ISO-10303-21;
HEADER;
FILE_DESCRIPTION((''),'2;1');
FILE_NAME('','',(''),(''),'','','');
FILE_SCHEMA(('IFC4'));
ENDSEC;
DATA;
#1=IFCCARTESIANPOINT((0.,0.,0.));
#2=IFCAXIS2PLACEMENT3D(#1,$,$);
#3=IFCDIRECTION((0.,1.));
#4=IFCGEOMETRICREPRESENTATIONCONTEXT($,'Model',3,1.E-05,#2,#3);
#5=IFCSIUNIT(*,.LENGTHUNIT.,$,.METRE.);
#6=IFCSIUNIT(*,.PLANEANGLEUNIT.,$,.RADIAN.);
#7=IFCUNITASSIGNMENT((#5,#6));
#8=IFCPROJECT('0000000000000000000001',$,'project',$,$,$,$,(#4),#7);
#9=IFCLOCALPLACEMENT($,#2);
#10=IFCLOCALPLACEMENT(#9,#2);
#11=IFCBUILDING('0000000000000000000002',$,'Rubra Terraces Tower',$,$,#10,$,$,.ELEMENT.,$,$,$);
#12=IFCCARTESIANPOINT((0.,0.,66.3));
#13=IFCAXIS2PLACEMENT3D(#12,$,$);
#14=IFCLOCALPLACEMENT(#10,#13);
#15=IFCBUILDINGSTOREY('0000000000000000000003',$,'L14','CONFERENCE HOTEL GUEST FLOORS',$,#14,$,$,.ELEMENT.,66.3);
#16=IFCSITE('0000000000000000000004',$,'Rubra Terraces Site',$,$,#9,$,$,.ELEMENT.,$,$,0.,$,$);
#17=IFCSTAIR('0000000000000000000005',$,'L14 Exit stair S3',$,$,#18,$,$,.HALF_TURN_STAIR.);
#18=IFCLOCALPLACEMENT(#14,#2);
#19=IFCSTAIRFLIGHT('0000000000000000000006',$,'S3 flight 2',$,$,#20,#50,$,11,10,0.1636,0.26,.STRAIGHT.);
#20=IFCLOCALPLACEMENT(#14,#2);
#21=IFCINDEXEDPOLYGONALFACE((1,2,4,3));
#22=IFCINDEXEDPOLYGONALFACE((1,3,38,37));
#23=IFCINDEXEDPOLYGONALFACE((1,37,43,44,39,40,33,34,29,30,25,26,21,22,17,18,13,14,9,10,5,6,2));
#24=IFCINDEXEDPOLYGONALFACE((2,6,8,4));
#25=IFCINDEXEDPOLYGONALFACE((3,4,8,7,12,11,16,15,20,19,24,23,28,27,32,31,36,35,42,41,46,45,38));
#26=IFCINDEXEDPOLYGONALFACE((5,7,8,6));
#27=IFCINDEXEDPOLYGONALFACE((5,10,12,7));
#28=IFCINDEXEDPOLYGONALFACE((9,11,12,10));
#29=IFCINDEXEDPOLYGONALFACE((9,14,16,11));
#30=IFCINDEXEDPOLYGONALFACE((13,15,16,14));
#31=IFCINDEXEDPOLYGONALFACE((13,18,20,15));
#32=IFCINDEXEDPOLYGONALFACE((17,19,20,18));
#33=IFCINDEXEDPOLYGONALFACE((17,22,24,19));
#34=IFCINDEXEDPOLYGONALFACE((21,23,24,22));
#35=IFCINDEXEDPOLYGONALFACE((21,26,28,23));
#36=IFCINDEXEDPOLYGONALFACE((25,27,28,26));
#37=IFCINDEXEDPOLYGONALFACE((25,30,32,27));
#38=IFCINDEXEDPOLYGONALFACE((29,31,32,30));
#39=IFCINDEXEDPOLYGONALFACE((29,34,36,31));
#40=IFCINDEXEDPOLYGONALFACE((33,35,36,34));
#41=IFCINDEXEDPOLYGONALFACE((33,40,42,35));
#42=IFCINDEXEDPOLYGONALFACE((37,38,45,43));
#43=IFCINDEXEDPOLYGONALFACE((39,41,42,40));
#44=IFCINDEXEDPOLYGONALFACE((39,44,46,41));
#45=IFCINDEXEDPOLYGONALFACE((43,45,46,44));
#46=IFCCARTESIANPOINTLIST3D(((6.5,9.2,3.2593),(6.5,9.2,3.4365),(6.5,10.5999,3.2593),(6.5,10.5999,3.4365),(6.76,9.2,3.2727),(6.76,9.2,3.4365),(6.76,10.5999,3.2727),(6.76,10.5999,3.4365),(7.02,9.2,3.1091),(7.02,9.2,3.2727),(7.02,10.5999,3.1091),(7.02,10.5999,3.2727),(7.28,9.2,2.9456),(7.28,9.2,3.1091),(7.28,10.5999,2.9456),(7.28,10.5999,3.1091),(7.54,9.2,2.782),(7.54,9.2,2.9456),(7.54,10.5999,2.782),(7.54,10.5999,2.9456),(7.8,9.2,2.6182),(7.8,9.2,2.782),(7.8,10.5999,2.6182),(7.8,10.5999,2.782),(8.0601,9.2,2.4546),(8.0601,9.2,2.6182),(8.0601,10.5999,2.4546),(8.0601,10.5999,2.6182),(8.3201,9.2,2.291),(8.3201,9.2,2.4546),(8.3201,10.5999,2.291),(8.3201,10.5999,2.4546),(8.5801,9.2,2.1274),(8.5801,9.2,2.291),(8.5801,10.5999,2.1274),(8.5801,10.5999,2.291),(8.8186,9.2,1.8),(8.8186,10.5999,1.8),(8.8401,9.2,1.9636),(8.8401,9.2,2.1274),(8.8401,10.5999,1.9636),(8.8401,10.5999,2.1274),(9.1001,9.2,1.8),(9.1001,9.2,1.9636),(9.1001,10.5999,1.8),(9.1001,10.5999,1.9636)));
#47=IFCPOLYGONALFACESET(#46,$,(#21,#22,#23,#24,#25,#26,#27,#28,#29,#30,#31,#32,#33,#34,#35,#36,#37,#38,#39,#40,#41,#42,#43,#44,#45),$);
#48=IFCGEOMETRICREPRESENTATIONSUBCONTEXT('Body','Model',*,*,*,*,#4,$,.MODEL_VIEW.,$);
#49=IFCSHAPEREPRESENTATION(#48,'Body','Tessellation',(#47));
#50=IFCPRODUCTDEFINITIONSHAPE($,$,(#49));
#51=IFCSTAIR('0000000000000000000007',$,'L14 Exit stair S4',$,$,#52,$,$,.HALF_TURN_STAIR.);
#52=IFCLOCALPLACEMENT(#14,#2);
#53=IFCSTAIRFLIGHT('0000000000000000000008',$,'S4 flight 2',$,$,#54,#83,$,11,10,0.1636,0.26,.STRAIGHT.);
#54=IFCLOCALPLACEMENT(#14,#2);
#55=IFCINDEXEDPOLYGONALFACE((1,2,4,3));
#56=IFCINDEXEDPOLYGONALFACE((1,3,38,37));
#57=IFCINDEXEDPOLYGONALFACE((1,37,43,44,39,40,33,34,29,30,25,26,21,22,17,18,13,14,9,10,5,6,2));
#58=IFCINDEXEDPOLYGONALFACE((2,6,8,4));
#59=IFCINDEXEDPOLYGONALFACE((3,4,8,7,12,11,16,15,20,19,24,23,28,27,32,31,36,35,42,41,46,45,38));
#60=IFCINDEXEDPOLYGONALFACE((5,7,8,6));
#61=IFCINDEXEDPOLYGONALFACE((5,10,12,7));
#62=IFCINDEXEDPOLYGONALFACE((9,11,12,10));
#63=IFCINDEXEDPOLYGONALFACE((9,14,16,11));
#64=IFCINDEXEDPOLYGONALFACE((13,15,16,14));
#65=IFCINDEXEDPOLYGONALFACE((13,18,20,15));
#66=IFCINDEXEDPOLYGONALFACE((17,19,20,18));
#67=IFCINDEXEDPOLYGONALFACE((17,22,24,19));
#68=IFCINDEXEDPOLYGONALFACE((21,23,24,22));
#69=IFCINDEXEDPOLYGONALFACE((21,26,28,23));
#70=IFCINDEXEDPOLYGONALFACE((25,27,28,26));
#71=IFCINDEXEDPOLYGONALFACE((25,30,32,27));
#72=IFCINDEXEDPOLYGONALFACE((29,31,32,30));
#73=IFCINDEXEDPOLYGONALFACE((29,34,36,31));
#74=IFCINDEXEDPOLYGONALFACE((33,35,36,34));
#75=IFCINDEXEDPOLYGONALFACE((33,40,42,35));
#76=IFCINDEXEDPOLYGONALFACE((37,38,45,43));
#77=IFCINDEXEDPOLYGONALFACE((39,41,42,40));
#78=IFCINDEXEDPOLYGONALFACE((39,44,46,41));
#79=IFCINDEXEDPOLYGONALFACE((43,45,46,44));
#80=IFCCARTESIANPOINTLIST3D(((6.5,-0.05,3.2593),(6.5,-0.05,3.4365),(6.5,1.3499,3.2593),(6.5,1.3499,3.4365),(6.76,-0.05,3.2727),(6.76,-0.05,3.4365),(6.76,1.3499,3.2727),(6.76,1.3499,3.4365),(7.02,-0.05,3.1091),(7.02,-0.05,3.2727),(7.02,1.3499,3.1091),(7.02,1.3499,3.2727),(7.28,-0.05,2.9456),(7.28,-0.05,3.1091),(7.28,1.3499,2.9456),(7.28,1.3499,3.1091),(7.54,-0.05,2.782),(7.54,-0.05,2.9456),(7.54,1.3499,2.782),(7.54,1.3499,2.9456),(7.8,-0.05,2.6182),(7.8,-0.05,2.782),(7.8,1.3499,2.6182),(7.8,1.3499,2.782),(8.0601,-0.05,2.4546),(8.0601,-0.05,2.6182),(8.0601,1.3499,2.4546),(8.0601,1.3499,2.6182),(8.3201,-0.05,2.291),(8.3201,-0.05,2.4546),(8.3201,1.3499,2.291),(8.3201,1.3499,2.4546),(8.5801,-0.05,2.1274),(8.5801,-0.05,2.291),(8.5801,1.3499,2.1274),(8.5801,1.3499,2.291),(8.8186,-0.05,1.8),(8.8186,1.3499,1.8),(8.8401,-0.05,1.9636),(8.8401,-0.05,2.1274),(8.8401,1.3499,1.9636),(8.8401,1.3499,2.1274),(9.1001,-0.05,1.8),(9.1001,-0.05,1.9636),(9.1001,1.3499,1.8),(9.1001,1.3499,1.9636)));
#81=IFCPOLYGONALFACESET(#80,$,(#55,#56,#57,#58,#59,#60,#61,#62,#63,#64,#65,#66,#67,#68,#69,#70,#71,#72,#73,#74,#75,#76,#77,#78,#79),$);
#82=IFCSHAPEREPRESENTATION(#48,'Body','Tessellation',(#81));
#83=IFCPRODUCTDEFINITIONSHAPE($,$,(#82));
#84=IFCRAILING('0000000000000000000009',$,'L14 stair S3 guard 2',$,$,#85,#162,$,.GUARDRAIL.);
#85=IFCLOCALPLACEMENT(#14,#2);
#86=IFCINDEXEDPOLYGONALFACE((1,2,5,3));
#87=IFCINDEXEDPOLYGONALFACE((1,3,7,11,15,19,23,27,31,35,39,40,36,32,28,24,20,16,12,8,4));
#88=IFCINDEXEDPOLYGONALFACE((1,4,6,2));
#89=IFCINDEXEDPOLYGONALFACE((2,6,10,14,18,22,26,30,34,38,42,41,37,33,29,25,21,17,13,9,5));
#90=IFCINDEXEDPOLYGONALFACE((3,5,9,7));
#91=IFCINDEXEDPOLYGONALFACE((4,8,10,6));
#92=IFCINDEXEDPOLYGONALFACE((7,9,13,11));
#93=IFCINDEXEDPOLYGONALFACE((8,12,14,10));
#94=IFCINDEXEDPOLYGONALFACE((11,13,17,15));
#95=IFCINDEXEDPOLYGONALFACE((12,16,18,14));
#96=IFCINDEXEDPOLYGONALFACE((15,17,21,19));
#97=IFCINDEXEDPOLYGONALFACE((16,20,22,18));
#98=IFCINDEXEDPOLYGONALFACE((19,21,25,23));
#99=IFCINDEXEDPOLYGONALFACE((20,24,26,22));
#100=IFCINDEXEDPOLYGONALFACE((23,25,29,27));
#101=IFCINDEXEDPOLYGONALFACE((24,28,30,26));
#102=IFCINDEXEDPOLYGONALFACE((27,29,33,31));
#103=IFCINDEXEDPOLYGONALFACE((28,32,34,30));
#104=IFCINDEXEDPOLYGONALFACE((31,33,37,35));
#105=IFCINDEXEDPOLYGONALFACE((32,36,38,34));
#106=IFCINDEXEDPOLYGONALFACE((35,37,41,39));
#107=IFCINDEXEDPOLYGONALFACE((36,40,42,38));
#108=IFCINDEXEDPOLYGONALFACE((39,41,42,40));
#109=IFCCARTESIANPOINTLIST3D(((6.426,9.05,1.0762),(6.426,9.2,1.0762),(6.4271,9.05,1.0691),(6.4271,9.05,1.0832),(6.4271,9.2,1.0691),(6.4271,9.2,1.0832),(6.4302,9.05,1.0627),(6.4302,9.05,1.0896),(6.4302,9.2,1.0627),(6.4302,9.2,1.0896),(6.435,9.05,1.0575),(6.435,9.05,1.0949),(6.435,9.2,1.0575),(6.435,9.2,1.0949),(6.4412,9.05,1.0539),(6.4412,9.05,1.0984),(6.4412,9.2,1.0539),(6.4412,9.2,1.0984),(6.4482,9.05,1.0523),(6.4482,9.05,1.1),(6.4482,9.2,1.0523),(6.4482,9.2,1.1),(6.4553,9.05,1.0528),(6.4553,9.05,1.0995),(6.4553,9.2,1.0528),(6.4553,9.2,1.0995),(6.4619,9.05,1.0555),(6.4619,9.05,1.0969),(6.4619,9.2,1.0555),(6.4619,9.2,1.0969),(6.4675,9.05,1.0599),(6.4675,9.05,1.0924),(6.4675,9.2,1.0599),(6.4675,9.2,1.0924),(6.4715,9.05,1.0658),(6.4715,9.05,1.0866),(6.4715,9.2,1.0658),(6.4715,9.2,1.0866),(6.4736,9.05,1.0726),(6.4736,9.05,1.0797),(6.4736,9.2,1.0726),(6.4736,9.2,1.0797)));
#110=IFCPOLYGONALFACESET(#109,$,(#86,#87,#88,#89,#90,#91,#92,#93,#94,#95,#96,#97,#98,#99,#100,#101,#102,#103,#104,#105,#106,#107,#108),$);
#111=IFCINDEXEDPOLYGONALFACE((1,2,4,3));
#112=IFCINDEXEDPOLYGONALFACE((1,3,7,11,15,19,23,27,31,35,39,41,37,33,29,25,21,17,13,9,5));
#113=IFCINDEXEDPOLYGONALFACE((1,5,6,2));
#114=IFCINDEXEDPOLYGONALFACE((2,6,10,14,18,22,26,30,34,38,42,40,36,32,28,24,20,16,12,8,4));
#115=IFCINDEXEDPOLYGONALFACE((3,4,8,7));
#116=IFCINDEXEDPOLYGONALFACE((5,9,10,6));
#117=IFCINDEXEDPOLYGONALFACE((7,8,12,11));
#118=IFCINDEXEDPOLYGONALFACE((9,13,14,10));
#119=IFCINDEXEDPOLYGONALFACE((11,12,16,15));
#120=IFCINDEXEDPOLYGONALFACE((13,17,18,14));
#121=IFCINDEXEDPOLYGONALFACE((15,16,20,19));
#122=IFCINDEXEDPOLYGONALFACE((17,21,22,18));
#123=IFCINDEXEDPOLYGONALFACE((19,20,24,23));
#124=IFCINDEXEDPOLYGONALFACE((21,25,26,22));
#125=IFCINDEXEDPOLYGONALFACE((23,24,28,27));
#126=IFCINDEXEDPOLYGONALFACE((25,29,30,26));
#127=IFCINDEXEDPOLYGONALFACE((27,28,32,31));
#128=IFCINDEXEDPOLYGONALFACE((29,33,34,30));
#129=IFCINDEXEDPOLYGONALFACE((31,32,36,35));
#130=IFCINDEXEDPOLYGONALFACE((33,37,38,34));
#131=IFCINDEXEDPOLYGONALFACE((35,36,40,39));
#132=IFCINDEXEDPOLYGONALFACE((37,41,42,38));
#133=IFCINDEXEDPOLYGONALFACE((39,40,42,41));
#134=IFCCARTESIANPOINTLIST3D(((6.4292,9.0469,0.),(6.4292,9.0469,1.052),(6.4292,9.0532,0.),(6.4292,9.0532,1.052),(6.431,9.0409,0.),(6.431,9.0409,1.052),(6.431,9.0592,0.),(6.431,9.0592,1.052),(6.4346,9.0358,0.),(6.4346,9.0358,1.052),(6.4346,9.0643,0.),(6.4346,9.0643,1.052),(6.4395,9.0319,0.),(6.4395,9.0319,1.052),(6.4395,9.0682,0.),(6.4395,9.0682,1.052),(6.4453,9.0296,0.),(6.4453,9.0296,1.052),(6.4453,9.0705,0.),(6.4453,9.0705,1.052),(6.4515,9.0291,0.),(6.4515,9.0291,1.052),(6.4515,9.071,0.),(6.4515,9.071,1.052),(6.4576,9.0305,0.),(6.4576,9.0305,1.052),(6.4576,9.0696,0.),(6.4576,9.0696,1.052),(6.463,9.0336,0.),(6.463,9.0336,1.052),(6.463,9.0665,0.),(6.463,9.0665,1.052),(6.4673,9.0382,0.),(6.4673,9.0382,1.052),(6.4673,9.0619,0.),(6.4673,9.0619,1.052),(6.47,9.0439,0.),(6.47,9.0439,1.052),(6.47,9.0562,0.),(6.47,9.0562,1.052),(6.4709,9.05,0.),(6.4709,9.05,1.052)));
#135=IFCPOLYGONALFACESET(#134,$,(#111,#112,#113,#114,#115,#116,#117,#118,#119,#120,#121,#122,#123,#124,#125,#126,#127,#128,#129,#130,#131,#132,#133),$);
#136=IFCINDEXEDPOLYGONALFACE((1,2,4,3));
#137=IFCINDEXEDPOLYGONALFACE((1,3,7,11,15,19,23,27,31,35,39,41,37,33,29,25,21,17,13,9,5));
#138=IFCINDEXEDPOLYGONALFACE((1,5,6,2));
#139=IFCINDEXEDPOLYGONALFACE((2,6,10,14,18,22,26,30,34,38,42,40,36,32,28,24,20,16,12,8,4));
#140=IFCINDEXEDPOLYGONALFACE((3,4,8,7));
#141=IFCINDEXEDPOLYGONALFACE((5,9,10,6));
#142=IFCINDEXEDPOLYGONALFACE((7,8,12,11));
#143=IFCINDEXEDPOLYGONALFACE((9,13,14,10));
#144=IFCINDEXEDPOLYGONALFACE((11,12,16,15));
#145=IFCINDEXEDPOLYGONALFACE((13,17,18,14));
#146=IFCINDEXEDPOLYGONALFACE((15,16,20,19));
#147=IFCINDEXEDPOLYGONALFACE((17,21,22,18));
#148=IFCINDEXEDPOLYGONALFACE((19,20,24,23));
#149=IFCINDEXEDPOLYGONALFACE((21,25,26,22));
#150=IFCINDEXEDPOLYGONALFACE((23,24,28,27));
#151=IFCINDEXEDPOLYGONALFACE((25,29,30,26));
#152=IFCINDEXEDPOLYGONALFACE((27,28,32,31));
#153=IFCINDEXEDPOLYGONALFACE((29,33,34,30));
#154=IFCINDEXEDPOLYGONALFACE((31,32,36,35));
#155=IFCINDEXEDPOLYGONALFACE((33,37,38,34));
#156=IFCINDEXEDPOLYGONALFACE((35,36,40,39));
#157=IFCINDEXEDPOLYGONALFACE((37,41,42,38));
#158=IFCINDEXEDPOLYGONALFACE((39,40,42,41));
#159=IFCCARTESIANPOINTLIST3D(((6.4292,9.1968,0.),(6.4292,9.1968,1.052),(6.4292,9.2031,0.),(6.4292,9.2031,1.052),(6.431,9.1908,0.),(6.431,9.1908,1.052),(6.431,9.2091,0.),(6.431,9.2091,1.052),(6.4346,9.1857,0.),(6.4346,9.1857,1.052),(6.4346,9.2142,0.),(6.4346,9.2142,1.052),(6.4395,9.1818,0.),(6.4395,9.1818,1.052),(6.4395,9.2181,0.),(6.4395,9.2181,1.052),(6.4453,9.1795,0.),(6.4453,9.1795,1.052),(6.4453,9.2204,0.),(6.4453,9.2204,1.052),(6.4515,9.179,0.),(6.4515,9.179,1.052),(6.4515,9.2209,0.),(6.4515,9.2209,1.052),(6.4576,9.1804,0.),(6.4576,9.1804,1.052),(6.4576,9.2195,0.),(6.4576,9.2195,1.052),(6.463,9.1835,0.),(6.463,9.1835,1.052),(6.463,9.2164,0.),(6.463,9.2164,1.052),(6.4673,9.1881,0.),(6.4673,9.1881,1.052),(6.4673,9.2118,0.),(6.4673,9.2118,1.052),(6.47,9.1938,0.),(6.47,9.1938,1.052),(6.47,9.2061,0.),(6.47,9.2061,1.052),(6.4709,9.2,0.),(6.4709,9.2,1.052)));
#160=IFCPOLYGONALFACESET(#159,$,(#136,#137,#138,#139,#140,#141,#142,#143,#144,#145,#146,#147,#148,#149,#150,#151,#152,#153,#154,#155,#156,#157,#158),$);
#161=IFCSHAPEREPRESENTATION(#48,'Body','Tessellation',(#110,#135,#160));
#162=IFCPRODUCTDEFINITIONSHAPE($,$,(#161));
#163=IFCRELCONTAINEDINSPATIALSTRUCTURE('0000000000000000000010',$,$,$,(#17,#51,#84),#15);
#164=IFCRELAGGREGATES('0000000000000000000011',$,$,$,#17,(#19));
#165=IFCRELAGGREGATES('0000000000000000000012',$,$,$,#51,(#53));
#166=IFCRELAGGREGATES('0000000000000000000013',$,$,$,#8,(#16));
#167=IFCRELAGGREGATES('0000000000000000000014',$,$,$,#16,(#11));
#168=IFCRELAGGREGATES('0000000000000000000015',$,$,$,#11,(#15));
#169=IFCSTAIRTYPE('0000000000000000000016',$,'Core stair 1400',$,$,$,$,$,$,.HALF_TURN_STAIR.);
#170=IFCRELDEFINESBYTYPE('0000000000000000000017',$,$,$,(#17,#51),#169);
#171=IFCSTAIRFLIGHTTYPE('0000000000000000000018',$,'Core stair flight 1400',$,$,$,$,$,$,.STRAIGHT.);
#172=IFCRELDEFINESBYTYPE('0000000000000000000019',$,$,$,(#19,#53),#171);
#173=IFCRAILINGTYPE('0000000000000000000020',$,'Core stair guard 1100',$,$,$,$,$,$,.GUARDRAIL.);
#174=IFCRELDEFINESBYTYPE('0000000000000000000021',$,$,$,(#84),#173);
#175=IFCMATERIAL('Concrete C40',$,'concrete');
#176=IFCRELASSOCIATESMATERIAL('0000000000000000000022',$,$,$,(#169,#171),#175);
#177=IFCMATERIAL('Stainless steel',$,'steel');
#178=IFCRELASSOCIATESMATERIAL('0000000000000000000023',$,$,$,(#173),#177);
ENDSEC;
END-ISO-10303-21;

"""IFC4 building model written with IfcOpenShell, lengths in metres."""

from ifc_helpers import new_model, si_unit, direction, frame, origin, origin_2d, place, context, subcontext, project, spatial, polyline, circle, outline, extrude, material, type_object, element, aggregate, save


model = new_model("IFC4")

# Units and contexts
model_context = context("Model", 3, precision=1e-05, world=origin(), true_north=direction((0.0, 1.0)))
body_context = subcontext(model_context, "Body", "Model", "MODEL_VIEW")
ifc_project = project(units=[si_unit("LENGTHUNIT", "METRE"), si_unit("PLANEANGLEUNIT", "RADIAN")], contexts=[model_context])

# Site, building, storey
site_placement = place(None, origin())
site = spatial("IfcSite", under=ifc_project, at=site_placement, Name="Rubra Terraces Site", CompositionType="ELEMENT", RefElevation=0.0)
building_placement = place(site_placement, origin())
building = spatial("IfcBuilding", under=site, at=building_placement, Name="Rubra Terraces Tower", CompositionType="ELEMENT")
storey_placement = place(building_placement, frame((0.0, 0.0, 66.3)))
storey = spatial("IfcBuildingStorey", under=building, at=storey_placement, Name="L14", Description="CONFERENCE HOTEL GUEST FLOORS", CompositionType="ELEMENT", Elevation=66.3)

# Shared definitions
ifc_material_1 = material(Name="Stainless steel", Category="steel")

# Shared definitions
ifc_material_2 = material(Name="Concrete C40", Category="concrete")

# Stair, stair flight
stair_type = type_object("IfcStairType", Name="Core stair 1400", PredefinedType="HALF_TURN_STAIR", material=ifc_material_2)
stair_1_placement = place(storey_placement, origin())
stair_1 = element("IfcStair", 1, at=stair_1_placement, inside=storey, type_object=stair_type, Name="L14 Exit stair S3", PredefinedType="HALF_TURN_STAIR")
stair_flight_type = type_object("IfcStairFlightType", Name="Core stair flight 1400", PredefinedType="STRAIGHT", material=ifc_material_2)
stair_flight_1_placement = place(storey_placement, frame((9.1001, 9.8999, 1.8), z_axis=(0.0, 0.0, 1.0), x_axis=(-1.0, 0.0, 0.0)))
stair_flight_1 = element("IfcStairFlight", 2, at=stair_flight_1_placement, type_object=stair_flight_type, Name="S3 flight 2", NumberOfRisers=11, NumberOfTreads=10, PredefinedType="STRAIGHT", RiserHeight=0.1636, TreadLength=0.26, context=body_context, shape_type="SweptSolid", body=[
    extrude(outline(polyline([(0.0, 0.0), (0.0, 0.1636), (0.26, 0.1636), (0.26, 0.3274), (0.52, 0.3274), (0.52, 0.491), (0.78, 0.491), (0.78, 0.6545), (1.04, 0.6545), (1.04, 0.8181), (1.3, 0.8181), (1.3, 0.9819), (1.5601, 0.9819), (1.5601, 1.1455), (1.8201, 1.1455), (1.8201, 1.3091), (2.0801, 1.3091), (2.0801, 1.4727), (2.3401, 1.4727), (2.3401, 1.6365), (2.6001, 1.6365), (2.6001, 1.8), (2.6001, 1.4592), (0.2815, 0.0), (0.0, 0.0)])), frame((0.0, 0.7, 0.0), z_axis=(0.0, -1.0, 0.0), x_axis=(1.0, 0.0, 0.0)), (0.0, 0.0, 1.0), 1.3999),
])
aggregate(stair_1, [stair_flight_1])

# Stair, stair flight
stair_2_placement = place(storey_placement, origin())
stair_2 = element("IfcStair", 3, at=stair_2_placement, inside=storey, type_object=stair_type, Name="L14 Exit stair S4", PredefinedType="HALF_TURN_STAIR")
stair_flight_2_placement = place(storey_placement, frame((9.1001, 0.6499, 1.8), z_axis=(0.0, 0.0, 1.0), x_axis=(-1.0, 0.0, 0.0)))
stair_flight_2 = element("IfcStairFlight", 4, at=stair_flight_2_placement, type_object=stair_flight_type, Name="S4 flight 2", NumberOfRisers=11, NumberOfTreads=10, PredefinedType="STRAIGHT", RiserHeight=0.1636, TreadLength=0.26, context=body_context, shape_type="SweptSolid", body=[
    extrude(outline(polyline([(0.0, 0.0), (0.0, 0.1636), (0.26, 0.1636), (0.26, 0.3274), (0.52, 0.3274), (0.52, 0.491), (0.78, 0.491), (0.78, 0.6545), (1.04, 0.6545), (1.04, 0.8181), (1.3, 0.8181), (1.3, 0.9819), (1.5601, 0.9819), (1.5601, 1.1455), (1.8201, 1.1455), (1.8201, 1.3091), (2.0801, 1.3091), (2.0801, 1.4727), (2.3401, 1.4727), (2.3401, 1.6365), (2.6001, 1.6365), (2.6001, 1.8), (2.6001, 1.4592), (0.2815, 0.0), (0.0, 0.0)])), frame((0.0, 0.7, 0.0), z_axis=(0.0, -1.0, 0.0), x_axis=(1.0, 0.0, 0.0)), (0.0, 0.0, 1.0), 1.3999),
])
aggregate(stair_2, [stair_flight_2])

# Railing
railing_type_1 = type_object("IfcRailingType", Name="Core stair guard 1100", PredefinedType="GUARDRAIL", material=ifc_material_1)
railing_1_placement = place(storey_placement, frame((6.45, 9.05, 0.0)))
element("IfcRailing", 5, at=railing_1_placement, inside=storey, type_object=railing_type_1, Name="L14 stair S3 guard 2", PredefinedType="GUARDRAIL", context=body_context, shape_type="SweptSolid", body=[
    extrude(circle(Radius=0.0239, at=origin_2d()), frame((0.0, 0.0, 1.0762), z_axis=(0.0, 1.0, 0.0), x_axis=(-1.0, 0.0, 0.0)), (0.0, 0.0, 1.0), 0.1499),
    extrude(circle(Radius=0.021, at=origin_2d()), origin(), (0.0, 0.0, 1.0), 1.052),
    extrude(circle(Radius=0.021, at=origin_2d()), frame((0.0, 0.1499, 0.0)), (0.0, 0.0, 1.0), 1.052),
])

save(model, "model.ifc")
